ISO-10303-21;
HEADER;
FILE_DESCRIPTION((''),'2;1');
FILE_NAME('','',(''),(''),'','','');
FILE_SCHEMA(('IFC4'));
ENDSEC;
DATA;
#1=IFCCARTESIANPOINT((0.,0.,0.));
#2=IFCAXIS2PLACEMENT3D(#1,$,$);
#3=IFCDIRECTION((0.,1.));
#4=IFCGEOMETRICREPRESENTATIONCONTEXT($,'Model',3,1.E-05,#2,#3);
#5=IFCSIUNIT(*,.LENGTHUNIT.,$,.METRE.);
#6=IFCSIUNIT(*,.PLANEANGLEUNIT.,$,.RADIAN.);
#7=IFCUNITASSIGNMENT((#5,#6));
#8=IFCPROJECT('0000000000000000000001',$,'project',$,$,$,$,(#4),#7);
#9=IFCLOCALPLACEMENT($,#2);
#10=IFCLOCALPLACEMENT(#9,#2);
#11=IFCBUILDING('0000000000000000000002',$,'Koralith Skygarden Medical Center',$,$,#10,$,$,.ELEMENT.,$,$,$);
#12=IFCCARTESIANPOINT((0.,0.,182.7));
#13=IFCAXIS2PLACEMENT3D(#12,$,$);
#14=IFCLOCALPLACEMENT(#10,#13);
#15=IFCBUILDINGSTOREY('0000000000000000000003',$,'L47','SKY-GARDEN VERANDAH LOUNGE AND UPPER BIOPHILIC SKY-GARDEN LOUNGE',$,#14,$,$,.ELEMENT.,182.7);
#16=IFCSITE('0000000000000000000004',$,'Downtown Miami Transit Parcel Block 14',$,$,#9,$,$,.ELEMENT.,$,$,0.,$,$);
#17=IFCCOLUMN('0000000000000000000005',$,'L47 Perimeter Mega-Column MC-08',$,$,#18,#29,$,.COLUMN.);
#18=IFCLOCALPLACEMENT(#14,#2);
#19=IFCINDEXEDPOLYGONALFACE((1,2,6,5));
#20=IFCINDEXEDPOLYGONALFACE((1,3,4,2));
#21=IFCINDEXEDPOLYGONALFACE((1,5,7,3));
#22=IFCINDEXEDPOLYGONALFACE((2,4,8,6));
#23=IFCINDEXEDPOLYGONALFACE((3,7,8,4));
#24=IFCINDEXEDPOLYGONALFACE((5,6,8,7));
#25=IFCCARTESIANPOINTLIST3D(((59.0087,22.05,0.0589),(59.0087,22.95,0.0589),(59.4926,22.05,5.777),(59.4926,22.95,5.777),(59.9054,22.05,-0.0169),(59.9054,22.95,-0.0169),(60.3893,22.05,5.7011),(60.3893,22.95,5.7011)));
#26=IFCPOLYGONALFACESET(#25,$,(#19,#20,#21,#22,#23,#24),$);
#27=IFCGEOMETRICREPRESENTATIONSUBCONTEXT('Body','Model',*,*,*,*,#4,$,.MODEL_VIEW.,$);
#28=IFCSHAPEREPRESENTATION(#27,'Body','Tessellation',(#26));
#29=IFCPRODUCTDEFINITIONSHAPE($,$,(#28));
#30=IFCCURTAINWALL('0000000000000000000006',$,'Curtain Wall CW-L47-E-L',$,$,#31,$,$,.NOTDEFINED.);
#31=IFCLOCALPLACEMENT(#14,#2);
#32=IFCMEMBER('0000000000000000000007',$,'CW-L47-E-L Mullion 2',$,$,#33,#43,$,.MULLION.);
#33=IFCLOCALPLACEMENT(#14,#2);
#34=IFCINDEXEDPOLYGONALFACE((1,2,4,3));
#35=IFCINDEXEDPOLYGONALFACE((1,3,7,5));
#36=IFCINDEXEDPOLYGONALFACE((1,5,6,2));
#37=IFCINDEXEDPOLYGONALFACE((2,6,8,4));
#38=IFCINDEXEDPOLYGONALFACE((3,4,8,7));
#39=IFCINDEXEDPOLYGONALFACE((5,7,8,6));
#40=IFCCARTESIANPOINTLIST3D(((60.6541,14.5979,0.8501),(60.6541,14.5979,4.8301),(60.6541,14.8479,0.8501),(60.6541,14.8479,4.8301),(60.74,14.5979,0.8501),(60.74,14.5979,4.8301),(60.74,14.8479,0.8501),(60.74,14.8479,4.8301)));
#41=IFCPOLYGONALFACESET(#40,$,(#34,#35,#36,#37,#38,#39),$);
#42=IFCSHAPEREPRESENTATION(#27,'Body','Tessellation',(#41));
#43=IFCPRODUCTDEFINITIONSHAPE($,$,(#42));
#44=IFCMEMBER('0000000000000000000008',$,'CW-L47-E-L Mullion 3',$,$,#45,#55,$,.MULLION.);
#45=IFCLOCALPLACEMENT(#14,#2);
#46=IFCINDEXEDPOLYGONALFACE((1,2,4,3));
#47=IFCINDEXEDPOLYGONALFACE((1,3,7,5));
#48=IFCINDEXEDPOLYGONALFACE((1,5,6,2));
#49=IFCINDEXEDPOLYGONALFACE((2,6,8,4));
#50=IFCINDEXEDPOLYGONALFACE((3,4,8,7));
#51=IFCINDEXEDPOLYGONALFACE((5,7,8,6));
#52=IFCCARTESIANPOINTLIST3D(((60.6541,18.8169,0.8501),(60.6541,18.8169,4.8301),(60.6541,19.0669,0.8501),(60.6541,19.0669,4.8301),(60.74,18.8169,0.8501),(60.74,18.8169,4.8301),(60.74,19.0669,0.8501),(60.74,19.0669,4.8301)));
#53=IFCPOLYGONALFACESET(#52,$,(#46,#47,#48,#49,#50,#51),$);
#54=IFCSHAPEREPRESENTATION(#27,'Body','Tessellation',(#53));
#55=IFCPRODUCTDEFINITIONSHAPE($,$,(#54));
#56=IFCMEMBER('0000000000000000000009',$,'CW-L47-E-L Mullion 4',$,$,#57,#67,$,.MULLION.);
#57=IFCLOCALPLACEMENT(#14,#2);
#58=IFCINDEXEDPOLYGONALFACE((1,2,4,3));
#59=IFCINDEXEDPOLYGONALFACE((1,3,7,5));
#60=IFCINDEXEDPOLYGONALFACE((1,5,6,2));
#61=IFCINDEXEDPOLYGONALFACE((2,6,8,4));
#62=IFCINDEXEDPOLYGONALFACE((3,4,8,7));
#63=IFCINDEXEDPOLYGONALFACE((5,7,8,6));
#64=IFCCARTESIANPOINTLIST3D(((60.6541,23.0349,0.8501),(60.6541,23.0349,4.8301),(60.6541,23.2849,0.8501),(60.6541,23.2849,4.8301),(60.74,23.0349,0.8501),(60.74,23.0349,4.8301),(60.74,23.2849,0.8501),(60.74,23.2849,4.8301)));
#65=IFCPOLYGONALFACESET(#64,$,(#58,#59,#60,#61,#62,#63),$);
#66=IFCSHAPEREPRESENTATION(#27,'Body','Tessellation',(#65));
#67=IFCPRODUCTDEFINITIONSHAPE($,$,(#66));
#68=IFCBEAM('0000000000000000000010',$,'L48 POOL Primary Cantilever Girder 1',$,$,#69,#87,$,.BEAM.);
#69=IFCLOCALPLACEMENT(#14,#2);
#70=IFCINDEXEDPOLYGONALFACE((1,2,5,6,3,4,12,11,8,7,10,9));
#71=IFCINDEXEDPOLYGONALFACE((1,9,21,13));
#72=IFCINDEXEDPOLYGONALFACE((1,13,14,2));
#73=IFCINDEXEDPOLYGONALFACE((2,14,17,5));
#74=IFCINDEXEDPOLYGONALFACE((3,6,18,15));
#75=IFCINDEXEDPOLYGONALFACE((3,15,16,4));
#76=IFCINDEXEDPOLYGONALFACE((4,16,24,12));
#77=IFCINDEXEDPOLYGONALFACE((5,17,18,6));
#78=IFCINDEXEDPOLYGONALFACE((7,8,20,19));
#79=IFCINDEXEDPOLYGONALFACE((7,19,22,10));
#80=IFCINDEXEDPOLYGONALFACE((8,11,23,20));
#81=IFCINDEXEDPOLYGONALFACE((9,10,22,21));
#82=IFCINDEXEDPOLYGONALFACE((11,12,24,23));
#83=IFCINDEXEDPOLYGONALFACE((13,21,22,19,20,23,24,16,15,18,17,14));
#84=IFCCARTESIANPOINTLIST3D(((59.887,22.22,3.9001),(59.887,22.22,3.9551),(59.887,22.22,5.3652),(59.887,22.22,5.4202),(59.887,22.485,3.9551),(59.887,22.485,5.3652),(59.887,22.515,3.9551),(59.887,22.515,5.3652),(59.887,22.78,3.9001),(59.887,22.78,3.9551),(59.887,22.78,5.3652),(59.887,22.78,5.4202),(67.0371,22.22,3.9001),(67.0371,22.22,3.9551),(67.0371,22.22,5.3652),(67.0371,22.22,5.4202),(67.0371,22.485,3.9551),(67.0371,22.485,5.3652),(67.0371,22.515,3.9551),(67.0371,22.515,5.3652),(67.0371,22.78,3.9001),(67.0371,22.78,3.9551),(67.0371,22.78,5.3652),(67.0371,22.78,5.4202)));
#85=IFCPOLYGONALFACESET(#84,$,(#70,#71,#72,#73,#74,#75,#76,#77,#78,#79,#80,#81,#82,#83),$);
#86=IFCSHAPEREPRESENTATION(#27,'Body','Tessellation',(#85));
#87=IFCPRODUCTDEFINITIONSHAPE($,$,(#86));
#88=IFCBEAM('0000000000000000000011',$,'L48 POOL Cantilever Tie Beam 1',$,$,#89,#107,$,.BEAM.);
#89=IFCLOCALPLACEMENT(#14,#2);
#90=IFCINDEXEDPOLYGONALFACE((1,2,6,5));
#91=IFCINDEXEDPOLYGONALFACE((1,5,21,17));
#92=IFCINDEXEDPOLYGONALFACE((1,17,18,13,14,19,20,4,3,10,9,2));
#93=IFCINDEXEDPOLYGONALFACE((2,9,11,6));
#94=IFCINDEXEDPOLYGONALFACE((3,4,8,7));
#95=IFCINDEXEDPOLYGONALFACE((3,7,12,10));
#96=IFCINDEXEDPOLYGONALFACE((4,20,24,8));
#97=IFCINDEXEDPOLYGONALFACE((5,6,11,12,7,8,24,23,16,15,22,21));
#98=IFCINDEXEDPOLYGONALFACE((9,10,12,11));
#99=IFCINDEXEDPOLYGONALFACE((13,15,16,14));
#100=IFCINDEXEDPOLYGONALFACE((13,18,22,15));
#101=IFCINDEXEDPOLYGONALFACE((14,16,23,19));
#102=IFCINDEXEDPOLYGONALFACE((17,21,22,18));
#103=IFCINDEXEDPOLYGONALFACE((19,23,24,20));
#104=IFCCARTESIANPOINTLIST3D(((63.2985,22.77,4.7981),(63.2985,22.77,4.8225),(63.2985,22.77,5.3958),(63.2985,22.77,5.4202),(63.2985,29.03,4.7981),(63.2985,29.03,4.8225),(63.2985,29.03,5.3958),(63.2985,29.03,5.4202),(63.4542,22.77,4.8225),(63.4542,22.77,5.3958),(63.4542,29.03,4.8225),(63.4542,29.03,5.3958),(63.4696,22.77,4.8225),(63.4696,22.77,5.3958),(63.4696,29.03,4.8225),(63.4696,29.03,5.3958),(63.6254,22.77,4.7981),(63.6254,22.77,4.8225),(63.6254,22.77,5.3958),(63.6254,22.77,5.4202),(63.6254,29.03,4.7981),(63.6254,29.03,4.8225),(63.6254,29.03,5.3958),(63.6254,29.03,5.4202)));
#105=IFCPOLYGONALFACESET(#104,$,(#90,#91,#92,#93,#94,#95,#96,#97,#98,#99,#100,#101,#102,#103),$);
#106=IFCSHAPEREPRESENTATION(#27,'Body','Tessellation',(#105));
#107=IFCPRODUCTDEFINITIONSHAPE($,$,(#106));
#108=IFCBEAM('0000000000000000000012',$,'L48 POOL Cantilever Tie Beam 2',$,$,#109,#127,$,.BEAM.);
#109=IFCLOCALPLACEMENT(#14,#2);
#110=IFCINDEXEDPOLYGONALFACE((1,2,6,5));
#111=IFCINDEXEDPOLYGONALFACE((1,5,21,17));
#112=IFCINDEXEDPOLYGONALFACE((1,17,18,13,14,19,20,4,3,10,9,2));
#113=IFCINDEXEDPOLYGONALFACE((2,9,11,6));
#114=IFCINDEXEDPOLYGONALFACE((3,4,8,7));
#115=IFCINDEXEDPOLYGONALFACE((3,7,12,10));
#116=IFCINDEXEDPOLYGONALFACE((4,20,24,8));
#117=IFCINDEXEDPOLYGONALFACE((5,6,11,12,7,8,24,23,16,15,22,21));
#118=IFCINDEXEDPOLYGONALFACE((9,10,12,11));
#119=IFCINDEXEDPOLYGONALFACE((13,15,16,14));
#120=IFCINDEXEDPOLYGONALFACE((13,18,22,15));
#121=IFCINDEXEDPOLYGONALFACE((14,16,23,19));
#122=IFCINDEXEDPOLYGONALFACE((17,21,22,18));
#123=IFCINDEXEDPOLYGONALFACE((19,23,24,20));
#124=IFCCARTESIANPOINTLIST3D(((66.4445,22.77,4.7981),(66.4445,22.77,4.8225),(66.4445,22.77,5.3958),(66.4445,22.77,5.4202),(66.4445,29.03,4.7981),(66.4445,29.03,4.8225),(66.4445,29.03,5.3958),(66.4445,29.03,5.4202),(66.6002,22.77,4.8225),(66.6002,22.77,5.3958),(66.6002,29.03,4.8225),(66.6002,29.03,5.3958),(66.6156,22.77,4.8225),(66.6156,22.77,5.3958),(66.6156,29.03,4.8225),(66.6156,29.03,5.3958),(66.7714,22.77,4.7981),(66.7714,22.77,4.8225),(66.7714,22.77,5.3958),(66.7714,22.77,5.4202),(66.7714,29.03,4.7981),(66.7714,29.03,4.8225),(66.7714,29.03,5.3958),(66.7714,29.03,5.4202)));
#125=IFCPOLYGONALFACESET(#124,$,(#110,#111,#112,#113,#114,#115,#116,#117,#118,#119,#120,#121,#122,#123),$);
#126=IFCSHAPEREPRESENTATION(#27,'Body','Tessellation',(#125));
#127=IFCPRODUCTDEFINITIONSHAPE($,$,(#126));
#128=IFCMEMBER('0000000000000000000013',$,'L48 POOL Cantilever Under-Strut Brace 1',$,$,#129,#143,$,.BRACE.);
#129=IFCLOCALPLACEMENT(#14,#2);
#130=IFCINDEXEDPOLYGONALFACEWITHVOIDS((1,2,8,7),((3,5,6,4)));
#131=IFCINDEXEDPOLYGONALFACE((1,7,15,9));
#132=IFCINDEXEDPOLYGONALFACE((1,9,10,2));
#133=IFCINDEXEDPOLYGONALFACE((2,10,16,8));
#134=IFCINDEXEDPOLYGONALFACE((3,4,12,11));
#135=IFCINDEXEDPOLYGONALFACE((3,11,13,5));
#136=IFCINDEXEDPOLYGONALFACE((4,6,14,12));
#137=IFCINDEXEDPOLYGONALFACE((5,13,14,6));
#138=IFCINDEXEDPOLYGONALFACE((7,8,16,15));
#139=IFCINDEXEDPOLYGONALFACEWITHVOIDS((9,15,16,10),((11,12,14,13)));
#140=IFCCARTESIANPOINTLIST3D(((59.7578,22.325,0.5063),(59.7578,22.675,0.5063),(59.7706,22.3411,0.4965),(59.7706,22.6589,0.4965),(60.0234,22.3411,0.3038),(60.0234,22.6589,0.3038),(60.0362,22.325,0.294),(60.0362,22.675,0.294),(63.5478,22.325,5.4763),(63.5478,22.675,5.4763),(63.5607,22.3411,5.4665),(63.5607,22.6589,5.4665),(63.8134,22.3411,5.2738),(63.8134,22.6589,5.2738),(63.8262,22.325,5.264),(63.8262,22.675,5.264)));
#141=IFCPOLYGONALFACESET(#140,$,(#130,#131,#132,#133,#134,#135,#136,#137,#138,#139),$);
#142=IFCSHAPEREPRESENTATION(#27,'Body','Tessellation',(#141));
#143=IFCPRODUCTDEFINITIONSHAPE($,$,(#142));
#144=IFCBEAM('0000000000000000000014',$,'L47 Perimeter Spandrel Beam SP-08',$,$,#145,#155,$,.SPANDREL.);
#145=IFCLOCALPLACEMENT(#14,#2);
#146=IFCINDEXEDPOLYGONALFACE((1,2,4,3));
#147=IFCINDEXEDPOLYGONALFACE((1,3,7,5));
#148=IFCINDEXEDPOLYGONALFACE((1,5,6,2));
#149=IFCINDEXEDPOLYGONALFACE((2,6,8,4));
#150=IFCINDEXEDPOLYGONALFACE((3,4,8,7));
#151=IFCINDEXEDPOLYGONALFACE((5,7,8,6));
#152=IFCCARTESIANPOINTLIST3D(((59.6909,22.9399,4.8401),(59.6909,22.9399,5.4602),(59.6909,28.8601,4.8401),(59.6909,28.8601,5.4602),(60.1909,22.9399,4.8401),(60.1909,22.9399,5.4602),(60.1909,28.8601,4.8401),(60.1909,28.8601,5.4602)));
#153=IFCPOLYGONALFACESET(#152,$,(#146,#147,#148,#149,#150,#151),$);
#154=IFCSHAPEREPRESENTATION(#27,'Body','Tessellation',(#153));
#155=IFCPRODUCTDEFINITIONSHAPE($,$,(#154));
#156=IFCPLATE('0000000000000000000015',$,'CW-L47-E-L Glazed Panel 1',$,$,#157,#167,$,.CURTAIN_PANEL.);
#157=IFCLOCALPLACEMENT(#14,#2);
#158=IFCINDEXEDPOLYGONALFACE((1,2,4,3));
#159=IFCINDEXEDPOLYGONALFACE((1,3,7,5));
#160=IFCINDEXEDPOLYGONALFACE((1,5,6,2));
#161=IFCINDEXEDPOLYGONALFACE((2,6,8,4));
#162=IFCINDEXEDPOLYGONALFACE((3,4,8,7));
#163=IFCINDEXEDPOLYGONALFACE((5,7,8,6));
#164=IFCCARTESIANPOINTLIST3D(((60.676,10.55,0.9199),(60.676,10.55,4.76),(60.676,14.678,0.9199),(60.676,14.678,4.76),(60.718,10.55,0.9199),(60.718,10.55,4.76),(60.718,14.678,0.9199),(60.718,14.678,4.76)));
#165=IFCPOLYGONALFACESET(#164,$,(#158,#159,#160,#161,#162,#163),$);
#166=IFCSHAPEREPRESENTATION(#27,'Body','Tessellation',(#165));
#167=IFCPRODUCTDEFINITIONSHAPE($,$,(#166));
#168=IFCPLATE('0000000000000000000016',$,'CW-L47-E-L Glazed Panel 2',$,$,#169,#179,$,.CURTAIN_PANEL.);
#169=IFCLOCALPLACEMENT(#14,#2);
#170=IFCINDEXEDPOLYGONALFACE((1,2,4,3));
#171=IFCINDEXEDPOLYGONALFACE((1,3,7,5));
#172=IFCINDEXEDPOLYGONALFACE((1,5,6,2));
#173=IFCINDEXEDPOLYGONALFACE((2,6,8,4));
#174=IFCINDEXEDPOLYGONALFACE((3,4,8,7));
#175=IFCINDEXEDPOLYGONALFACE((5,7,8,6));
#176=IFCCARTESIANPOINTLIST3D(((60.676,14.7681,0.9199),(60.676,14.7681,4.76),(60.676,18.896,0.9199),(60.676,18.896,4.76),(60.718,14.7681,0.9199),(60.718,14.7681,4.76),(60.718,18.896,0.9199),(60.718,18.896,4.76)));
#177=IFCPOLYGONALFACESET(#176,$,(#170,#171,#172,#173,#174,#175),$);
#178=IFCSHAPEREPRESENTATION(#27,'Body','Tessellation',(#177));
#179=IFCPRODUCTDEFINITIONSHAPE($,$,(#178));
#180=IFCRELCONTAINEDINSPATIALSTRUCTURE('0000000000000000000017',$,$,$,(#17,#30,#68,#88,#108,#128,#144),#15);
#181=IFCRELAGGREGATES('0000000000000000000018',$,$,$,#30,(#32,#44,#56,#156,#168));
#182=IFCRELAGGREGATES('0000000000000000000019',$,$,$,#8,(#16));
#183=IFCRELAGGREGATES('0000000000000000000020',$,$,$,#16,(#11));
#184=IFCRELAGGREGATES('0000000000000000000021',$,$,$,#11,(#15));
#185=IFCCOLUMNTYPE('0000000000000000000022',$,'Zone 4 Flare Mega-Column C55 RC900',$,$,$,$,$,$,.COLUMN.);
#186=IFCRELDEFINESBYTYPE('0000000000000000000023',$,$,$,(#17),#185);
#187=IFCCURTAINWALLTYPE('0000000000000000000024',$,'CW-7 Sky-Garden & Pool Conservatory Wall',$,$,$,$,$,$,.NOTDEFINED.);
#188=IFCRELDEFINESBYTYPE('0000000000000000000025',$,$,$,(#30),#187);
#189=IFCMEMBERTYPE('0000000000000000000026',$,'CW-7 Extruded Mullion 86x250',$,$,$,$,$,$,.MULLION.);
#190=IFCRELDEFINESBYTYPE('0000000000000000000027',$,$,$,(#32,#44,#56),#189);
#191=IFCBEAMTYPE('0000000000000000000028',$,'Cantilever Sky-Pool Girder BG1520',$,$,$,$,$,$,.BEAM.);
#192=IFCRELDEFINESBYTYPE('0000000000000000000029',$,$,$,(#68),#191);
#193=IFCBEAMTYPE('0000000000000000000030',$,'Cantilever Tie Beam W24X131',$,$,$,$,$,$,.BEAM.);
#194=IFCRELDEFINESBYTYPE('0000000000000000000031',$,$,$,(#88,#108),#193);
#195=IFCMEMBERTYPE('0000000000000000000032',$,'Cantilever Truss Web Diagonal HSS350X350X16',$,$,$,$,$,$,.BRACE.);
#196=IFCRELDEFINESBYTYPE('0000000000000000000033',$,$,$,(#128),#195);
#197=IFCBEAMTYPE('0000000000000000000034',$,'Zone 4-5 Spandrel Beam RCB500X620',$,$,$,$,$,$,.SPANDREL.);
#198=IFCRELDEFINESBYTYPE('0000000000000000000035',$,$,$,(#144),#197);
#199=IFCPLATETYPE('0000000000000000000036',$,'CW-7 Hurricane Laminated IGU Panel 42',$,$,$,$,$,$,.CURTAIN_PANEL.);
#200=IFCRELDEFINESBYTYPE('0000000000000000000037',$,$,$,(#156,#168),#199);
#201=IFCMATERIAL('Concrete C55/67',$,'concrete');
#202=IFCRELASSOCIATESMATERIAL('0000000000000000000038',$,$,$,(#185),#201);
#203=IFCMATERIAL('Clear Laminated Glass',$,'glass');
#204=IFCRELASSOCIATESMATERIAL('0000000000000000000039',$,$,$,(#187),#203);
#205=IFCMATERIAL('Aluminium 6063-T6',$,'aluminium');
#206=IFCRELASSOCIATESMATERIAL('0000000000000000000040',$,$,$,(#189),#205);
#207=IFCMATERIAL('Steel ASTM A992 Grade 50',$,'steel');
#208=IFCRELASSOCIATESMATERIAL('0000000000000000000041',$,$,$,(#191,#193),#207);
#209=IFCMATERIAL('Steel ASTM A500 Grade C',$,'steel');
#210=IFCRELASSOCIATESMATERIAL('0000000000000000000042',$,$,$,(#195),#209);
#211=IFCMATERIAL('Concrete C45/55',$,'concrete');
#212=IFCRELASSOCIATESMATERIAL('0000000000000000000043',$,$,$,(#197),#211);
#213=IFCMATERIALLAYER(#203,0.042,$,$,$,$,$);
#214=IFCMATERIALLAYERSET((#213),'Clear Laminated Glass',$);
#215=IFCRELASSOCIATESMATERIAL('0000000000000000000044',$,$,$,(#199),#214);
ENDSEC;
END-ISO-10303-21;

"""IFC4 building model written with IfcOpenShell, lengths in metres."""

from ifc_helpers import new_model, si_unit, direction, frame, origin, origin_2d, place, context, subcontext, project, spatial, rectangle, hollow_rectangle, i_section, extrude, material, layer, layer_set, material_profile, profile_set, type_object, element, aggregate, save


model = new_model("IFC4")

# Units and contexts
model_context = context("Model", 3, precision=1e-05, world=origin(), true_north=direction((0.0, 1.0)))
body_context = subcontext(model_context, "Body", "Model", "MODEL_VIEW")
ifc_project = project(units=[si_unit("LENGTHUNIT", "METRE"), si_unit("PLANEANGLEUNIT", "RADIAN")], contexts=[model_context])

# Site, building, storey
site_placement = place(None, origin())
site = spatial("IfcSite", under=ifc_project, at=site_placement, Name="Downtown Miami Transit Parcel Block 14", CompositionType="ELEMENT", RefElevation=0.0)
building_placement = place(site_placement, origin())
building = spatial("IfcBuilding", under=site, at=building_placement, Name="Koralith Skygarden Medical Center", CompositionType="ELEMENT")
storey_placement = place(building_placement, frame((0.0, 0.0, 182.7)))
storey = spatial("IfcBuildingStorey", under=building, at=storey_placement, Name="L47", Description="SKY-GARDEN VERANDAH LOUNGE AND UPPER BIOPHILIC SKY-GARDEN LOUNGE", CompositionType="ELEMENT", Elevation=182.7)

# Column
ifc_material_1 = material(Name="Concrete C55/67", Category="concrete")
ifc_material_profile_1 = material_profile(ifc_material_1, rectangle(XDim=0.8999, YDim=0.8999, at=origin_2d()), Name="RC900X900")
ifc_profile_set_1 = profile_set([ifc_material_profile_1], Name="Concrete C55/67")
column_type = type_object("IfcColumnType", Name="Zone 4 Flare Mega-Column C55 RC900", PredefinedType="COLUMN", material=ifc_profile_set_1)
column_placement = place(storey_placement, frame((59.457, 22.5, 0.021), z_axis=(0.084324, 0.0, 0.996438), x_axis=(0.0, 1.0, 0.0)))
element("IfcColumn", 1, at=column_placement, inside=storey, type_object=column_type, Name="L47 Perimeter Mega-Column MC-08", PredefinedType="COLUMN", context=body_context, shape_type="SweptSolid", body=[
    extrude(rectangle(XDim=0.8999, YDim=0.8999, at=origin_2d()), origin(), (0.0, 0.0, 1.0), 5.7385),
])

# Curtain wall, members
ifc_material_2 = material(Name="Clear Laminated Glass", Category="glass")
curtain_wall_type = type_object("IfcCurtainWallType", Name="CW-7 Sky-Garden & Pool Conservatory Wall", PredefinedType="NOTDEFINED", material=ifc_material_2)
curtain_wall_placement = place(storey_placement, origin())
curtain_wall = element("IfcCurtainWall", 2, at=curtain_wall_placement, inside=storey, type_object=curtain_wall_type, Name="Curtain Wall CW-L47-E-L", PredefinedType="NOTDEFINED")
ifc_material_3 = material(Name="Aluminium 6063-T6", Category="aluminium")
ifc_material_profile_2 = material_profile(ifc_material_3, rectangle(XDim=0.0859, YDim=0.25, at=origin_2d()), Name="MUL86X250")
ifc_profile_set_2 = profile_set([ifc_material_profile_2], Name="Aluminium 6063-T6")
member_type_1 = type_object("IfcMemberType", Name="CW-7 Extruded Mullion 86x250", PredefinedType="MULLION", material=ifc_profile_set_2)
member_1_placement = place(storey_placement, frame((60.697, 14.7229, 0.8501), z_axis=(0.0, 0.0, 1.0), x_axis=(1.0, 0.0, 0.0)))
member_1 = element("IfcMember", 3, at=member_1_placement, type_object=member_type_1, Name="CW-L47-E-L Mullion 2", PredefinedType="MULLION", context=body_context, shape_type="SweptSolid", body=[
    extrude(rectangle(XDim=0.0859, YDim=0.25, at=origin_2d()), origin(), (0.0, 0.0, 1.0), 3.98),
])
member_2_placement = place(storey_placement, frame((60.697, 18.9419, 0.8501), z_axis=(0.0, 0.0, 1.0), x_axis=(1.0, 0.0, 0.0)))
member_2 = element("IfcMember", 4, at=member_2_placement, type_object=member_type_1, Name="CW-L47-E-L Mullion 3", PredefinedType="MULLION", context=body_context, shape_type="SweptSolid", body=[
    extrude(rectangle(XDim=0.0859, YDim=0.25, at=origin_2d()), origin(), (0.0, 0.0, 1.0), 3.98),
])
member_3_placement = place(storey_placement, frame((60.697, 23.1599, 0.8501), z_axis=(0.0, 0.0, 1.0), x_axis=(1.0, 0.0, 0.0)))
member_3 = element("IfcMember", 5, at=member_3_placement, type_object=member_type_1, Name="CW-L47-E-L Mullion 4", PredefinedType="MULLION", context=body_context, shape_type="SweptSolid", body=[
    extrude(rectangle(XDim=0.0859, YDim=0.25, at=origin_2d()), origin(), (0.0, 0.0, 1.0), 3.98),
])

# Beams
ifc_material_4 = material(Name="Steel ASTM A992 Grade 50", Category="steel")
ifc_material_profile_3 = material_profile(ifc_material_4, i_section(OverallWidth=0.5601, OverallDepth=1.52, WebThickness=0.03, FlangeThickness=0.0549, at=origin_2d()), Name="BG1520X560X55X30")
ifc_profile_set_3 = profile_set([ifc_material_profile_3], Name="Steel ASTM A992 Grade 50")
beam_type_1 = type_object("IfcBeamType", Name="Cantilever Sky-Pool Girder BG1520", PredefinedType="BEAM", material=ifc_profile_set_3)
beam_1_placement = place(storey_placement, frame((59.887, 22.5, 4.6602), z_axis=(1.0, 0.0, 0.0), x_axis=(0.0, 1.0, 0.0)))
element("IfcBeam", 6, at=beam_1_placement, inside=storey, type_object=beam_type_1, Name="L48 POOL Primary Cantilever Girder 1", PredefinedType="BEAM", context=body_context, shape_type="SweptSolid", body=[
    extrude(i_section(OverallWidth=0.5601, OverallDepth=1.52, WebThickness=0.03, FlangeThickness=0.0549, at=origin_2d()), origin(), (0.0, 0.0, 1.0), 7.1501),
])
ifc_material_profile_4 = material_profile(ifc_material_4, i_section(OverallWidth=0.3269, OverallDepth=0.6221, WebThickness=0.0154, FlangeThickness=0.0244, at=origin_2d()), Name="W24X131")
ifc_profile_set_4 = profile_set([ifc_material_profile_4], Name="Steel ASTM A992 Grade 50")
beam_type_2 = type_object("IfcBeamType", Name="Cantilever Tie Beam W24X131", PredefinedType="BEAM", material=ifc_profile_set_4)
for number, where, z_axis, x_axis, name in (
    (7, (63.4619, 22.77, 5.1091), (0.0, 1.0, 0.0), (-1.0, 0.0, 0.0), "L48 POOL Cantilever Tie Beam 1"),
    (8, (66.6079, 22.77, 5.1091), (0.0, 1.0, 0.0), (-1.0, 0.0, 0.0), "L48 POOL Cantilever Tie Beam 2"),
):
    element("IfcBeam", number, at=place(storey_placement, frame(where, z_axis=z_axis, x_axis=x_axis)), inside=storey, type_object=beam_type_2, Name=name, PredefinedType="BEAM", context=body_context, shape_type="SweptSolid", body=[
        extrude(i_section(OverallWidth=0.3269, OverallDepth=0.6221, WebThickness=0.0154, FlangeThickness=0.0244, at=origin_2d()), origin(), (0.0, 0.0, 1.0), 6.26),
    ])

# Member
ifc_material_5 = material(Name="Steel ASTM A500 Grade C", Category="steel")
ifc_material_profile_5 = material_profile(ifc_material_5, hollow_rectangle(XDim=0.3501, YDim=0.3501, WallThickness=0.0161, at=origin_2d()), Name="HSS350X350X16")
ifc_profile_set_5 = profile_set([ifc_material_profile_5], Name="Steel ASTM A500 Grade C")
member_type_2 = type_object("IfcMemberType", Name="Cantilever Truss Web Diagonal HSS350X350X16", PredefinedType="BRACE", material=ifc_profile_set_5)
member_4_placement = place(storey_placement, frame((59.897, 22.5, 0.4001), z_axis=(0.606387, 0.0, 0.79517), x_axis=(0.0, 1.0, 0.0)))
element("IfcMember", 9, at=member_4_placement, inside=storey, type_object=member_type_2, Name="L48 POOL Cantilever Under-Strut Brace 1", PredefinedType="BRACE", context=body_context, shape_type="SweptSolid", body=[
    extrude(hollow_rectangle(XDim=0.3501, YDim=0.3501, WallThickness=0.0161, at=origin_2d()), origin(), (0.0, 0.0, 1.0), 6.2502),
])

# Beam
ifc_material_6 = material(Name="Concrete C45/55", Category="concrete")
ifc_material_profile_6 = material_profile(ifc_material_6, rectangle(XDim=0.5, YDim=0.6201, at=origin_2d()), Name="RCB500X620")
ifc_profile_set_6 = profile_set([ifc_material_profile_6], Name="Concrete C45/55")
beam_type_3 = type_object("IfcBeamType", Name="Zone 4-5 Spandrel Beam RCB500X620", PredefinedType="SPANDREL", material=ifc_profile_set_6)
beam_2_placement = place(storey_placement, frame((59.9409, 22.9399, 5.1501), z_axis=(0.0, 1.0, 0.0), x_axis=(-1.0, 0.0, 0.0)))
element("IfcBeam", 10, at=beam_2_placement, inside=storey, type_object=beam_type_3, Name="L47 Perimeter Spandrel Beam SP-08", PredefinedType="SPANDREL", context=body_context, shape_type="SweptSolid", body=[
    extrude(rectangle(XDim=0.5, YDim=0.6201, at=origin_2d()), origin(), (0.0, 0.0, 1.0), 5.9202),
])

# Plates
ifc_layer_1 = layer(ifc_material_2, 0.042)
ifc_layer_set_1 = layer_set([ifc_layer_1], Name="Clear Laminated Glass")
plate_type_1 = type_object("IfcPlateType", Name="CW-7 Hurricane Laminated IGU Panel 42", PredefinedType="CURTAIN_PANEL", material=ifc_layer_set_1)
plate_1_placement = place(storey_placement, frame((60.697, 12.614, 0.9199), z_axis=(0.0, 0.0, 1.0), x_axis=(0.0, 1.0, 0.0)))
plate_1 = element("IfcPlate", 11, at=plate_1_placement, type_object=plate_type_1, Name="CW-L47-E-L Glazed Panel 1", PredefinedType="CURTAIN_PANEL", context=body_context, shape_type="SweptSolid", body=[
    extrude(rectangle(XDim=4.1279, YDim=0.042, at=origin_2d()), origin(), (0.0, 0.0, 1.0), 3.8401),
])
plate_2_placement = place(storey_placement, frame((60.697, 16.832, 0.9199), z_axis=(0.0, 0.0, 1.0), x_axis=(0.0, 1.0, 0.0)))
plate_2 = element("IfcPlate", 12, at=plate_2_placement, type_object=plate_type_1, Name="CW-L47-E-L Glazed Panel 2", PredefinedType="CURTAIN_PANEL", context=body_context, shape_type="SweptSolid", body=[
    extrude(rectangle(XDim=4.1279, YDim=0.042, at=origin_2d()), origin(), (0.0, 0.0, 1.0), 3.8401),
])
aggregate(curtain_wall, [member_1, member_2, member_3, plate_1, plate_2])

save(model, "model.ifc")
